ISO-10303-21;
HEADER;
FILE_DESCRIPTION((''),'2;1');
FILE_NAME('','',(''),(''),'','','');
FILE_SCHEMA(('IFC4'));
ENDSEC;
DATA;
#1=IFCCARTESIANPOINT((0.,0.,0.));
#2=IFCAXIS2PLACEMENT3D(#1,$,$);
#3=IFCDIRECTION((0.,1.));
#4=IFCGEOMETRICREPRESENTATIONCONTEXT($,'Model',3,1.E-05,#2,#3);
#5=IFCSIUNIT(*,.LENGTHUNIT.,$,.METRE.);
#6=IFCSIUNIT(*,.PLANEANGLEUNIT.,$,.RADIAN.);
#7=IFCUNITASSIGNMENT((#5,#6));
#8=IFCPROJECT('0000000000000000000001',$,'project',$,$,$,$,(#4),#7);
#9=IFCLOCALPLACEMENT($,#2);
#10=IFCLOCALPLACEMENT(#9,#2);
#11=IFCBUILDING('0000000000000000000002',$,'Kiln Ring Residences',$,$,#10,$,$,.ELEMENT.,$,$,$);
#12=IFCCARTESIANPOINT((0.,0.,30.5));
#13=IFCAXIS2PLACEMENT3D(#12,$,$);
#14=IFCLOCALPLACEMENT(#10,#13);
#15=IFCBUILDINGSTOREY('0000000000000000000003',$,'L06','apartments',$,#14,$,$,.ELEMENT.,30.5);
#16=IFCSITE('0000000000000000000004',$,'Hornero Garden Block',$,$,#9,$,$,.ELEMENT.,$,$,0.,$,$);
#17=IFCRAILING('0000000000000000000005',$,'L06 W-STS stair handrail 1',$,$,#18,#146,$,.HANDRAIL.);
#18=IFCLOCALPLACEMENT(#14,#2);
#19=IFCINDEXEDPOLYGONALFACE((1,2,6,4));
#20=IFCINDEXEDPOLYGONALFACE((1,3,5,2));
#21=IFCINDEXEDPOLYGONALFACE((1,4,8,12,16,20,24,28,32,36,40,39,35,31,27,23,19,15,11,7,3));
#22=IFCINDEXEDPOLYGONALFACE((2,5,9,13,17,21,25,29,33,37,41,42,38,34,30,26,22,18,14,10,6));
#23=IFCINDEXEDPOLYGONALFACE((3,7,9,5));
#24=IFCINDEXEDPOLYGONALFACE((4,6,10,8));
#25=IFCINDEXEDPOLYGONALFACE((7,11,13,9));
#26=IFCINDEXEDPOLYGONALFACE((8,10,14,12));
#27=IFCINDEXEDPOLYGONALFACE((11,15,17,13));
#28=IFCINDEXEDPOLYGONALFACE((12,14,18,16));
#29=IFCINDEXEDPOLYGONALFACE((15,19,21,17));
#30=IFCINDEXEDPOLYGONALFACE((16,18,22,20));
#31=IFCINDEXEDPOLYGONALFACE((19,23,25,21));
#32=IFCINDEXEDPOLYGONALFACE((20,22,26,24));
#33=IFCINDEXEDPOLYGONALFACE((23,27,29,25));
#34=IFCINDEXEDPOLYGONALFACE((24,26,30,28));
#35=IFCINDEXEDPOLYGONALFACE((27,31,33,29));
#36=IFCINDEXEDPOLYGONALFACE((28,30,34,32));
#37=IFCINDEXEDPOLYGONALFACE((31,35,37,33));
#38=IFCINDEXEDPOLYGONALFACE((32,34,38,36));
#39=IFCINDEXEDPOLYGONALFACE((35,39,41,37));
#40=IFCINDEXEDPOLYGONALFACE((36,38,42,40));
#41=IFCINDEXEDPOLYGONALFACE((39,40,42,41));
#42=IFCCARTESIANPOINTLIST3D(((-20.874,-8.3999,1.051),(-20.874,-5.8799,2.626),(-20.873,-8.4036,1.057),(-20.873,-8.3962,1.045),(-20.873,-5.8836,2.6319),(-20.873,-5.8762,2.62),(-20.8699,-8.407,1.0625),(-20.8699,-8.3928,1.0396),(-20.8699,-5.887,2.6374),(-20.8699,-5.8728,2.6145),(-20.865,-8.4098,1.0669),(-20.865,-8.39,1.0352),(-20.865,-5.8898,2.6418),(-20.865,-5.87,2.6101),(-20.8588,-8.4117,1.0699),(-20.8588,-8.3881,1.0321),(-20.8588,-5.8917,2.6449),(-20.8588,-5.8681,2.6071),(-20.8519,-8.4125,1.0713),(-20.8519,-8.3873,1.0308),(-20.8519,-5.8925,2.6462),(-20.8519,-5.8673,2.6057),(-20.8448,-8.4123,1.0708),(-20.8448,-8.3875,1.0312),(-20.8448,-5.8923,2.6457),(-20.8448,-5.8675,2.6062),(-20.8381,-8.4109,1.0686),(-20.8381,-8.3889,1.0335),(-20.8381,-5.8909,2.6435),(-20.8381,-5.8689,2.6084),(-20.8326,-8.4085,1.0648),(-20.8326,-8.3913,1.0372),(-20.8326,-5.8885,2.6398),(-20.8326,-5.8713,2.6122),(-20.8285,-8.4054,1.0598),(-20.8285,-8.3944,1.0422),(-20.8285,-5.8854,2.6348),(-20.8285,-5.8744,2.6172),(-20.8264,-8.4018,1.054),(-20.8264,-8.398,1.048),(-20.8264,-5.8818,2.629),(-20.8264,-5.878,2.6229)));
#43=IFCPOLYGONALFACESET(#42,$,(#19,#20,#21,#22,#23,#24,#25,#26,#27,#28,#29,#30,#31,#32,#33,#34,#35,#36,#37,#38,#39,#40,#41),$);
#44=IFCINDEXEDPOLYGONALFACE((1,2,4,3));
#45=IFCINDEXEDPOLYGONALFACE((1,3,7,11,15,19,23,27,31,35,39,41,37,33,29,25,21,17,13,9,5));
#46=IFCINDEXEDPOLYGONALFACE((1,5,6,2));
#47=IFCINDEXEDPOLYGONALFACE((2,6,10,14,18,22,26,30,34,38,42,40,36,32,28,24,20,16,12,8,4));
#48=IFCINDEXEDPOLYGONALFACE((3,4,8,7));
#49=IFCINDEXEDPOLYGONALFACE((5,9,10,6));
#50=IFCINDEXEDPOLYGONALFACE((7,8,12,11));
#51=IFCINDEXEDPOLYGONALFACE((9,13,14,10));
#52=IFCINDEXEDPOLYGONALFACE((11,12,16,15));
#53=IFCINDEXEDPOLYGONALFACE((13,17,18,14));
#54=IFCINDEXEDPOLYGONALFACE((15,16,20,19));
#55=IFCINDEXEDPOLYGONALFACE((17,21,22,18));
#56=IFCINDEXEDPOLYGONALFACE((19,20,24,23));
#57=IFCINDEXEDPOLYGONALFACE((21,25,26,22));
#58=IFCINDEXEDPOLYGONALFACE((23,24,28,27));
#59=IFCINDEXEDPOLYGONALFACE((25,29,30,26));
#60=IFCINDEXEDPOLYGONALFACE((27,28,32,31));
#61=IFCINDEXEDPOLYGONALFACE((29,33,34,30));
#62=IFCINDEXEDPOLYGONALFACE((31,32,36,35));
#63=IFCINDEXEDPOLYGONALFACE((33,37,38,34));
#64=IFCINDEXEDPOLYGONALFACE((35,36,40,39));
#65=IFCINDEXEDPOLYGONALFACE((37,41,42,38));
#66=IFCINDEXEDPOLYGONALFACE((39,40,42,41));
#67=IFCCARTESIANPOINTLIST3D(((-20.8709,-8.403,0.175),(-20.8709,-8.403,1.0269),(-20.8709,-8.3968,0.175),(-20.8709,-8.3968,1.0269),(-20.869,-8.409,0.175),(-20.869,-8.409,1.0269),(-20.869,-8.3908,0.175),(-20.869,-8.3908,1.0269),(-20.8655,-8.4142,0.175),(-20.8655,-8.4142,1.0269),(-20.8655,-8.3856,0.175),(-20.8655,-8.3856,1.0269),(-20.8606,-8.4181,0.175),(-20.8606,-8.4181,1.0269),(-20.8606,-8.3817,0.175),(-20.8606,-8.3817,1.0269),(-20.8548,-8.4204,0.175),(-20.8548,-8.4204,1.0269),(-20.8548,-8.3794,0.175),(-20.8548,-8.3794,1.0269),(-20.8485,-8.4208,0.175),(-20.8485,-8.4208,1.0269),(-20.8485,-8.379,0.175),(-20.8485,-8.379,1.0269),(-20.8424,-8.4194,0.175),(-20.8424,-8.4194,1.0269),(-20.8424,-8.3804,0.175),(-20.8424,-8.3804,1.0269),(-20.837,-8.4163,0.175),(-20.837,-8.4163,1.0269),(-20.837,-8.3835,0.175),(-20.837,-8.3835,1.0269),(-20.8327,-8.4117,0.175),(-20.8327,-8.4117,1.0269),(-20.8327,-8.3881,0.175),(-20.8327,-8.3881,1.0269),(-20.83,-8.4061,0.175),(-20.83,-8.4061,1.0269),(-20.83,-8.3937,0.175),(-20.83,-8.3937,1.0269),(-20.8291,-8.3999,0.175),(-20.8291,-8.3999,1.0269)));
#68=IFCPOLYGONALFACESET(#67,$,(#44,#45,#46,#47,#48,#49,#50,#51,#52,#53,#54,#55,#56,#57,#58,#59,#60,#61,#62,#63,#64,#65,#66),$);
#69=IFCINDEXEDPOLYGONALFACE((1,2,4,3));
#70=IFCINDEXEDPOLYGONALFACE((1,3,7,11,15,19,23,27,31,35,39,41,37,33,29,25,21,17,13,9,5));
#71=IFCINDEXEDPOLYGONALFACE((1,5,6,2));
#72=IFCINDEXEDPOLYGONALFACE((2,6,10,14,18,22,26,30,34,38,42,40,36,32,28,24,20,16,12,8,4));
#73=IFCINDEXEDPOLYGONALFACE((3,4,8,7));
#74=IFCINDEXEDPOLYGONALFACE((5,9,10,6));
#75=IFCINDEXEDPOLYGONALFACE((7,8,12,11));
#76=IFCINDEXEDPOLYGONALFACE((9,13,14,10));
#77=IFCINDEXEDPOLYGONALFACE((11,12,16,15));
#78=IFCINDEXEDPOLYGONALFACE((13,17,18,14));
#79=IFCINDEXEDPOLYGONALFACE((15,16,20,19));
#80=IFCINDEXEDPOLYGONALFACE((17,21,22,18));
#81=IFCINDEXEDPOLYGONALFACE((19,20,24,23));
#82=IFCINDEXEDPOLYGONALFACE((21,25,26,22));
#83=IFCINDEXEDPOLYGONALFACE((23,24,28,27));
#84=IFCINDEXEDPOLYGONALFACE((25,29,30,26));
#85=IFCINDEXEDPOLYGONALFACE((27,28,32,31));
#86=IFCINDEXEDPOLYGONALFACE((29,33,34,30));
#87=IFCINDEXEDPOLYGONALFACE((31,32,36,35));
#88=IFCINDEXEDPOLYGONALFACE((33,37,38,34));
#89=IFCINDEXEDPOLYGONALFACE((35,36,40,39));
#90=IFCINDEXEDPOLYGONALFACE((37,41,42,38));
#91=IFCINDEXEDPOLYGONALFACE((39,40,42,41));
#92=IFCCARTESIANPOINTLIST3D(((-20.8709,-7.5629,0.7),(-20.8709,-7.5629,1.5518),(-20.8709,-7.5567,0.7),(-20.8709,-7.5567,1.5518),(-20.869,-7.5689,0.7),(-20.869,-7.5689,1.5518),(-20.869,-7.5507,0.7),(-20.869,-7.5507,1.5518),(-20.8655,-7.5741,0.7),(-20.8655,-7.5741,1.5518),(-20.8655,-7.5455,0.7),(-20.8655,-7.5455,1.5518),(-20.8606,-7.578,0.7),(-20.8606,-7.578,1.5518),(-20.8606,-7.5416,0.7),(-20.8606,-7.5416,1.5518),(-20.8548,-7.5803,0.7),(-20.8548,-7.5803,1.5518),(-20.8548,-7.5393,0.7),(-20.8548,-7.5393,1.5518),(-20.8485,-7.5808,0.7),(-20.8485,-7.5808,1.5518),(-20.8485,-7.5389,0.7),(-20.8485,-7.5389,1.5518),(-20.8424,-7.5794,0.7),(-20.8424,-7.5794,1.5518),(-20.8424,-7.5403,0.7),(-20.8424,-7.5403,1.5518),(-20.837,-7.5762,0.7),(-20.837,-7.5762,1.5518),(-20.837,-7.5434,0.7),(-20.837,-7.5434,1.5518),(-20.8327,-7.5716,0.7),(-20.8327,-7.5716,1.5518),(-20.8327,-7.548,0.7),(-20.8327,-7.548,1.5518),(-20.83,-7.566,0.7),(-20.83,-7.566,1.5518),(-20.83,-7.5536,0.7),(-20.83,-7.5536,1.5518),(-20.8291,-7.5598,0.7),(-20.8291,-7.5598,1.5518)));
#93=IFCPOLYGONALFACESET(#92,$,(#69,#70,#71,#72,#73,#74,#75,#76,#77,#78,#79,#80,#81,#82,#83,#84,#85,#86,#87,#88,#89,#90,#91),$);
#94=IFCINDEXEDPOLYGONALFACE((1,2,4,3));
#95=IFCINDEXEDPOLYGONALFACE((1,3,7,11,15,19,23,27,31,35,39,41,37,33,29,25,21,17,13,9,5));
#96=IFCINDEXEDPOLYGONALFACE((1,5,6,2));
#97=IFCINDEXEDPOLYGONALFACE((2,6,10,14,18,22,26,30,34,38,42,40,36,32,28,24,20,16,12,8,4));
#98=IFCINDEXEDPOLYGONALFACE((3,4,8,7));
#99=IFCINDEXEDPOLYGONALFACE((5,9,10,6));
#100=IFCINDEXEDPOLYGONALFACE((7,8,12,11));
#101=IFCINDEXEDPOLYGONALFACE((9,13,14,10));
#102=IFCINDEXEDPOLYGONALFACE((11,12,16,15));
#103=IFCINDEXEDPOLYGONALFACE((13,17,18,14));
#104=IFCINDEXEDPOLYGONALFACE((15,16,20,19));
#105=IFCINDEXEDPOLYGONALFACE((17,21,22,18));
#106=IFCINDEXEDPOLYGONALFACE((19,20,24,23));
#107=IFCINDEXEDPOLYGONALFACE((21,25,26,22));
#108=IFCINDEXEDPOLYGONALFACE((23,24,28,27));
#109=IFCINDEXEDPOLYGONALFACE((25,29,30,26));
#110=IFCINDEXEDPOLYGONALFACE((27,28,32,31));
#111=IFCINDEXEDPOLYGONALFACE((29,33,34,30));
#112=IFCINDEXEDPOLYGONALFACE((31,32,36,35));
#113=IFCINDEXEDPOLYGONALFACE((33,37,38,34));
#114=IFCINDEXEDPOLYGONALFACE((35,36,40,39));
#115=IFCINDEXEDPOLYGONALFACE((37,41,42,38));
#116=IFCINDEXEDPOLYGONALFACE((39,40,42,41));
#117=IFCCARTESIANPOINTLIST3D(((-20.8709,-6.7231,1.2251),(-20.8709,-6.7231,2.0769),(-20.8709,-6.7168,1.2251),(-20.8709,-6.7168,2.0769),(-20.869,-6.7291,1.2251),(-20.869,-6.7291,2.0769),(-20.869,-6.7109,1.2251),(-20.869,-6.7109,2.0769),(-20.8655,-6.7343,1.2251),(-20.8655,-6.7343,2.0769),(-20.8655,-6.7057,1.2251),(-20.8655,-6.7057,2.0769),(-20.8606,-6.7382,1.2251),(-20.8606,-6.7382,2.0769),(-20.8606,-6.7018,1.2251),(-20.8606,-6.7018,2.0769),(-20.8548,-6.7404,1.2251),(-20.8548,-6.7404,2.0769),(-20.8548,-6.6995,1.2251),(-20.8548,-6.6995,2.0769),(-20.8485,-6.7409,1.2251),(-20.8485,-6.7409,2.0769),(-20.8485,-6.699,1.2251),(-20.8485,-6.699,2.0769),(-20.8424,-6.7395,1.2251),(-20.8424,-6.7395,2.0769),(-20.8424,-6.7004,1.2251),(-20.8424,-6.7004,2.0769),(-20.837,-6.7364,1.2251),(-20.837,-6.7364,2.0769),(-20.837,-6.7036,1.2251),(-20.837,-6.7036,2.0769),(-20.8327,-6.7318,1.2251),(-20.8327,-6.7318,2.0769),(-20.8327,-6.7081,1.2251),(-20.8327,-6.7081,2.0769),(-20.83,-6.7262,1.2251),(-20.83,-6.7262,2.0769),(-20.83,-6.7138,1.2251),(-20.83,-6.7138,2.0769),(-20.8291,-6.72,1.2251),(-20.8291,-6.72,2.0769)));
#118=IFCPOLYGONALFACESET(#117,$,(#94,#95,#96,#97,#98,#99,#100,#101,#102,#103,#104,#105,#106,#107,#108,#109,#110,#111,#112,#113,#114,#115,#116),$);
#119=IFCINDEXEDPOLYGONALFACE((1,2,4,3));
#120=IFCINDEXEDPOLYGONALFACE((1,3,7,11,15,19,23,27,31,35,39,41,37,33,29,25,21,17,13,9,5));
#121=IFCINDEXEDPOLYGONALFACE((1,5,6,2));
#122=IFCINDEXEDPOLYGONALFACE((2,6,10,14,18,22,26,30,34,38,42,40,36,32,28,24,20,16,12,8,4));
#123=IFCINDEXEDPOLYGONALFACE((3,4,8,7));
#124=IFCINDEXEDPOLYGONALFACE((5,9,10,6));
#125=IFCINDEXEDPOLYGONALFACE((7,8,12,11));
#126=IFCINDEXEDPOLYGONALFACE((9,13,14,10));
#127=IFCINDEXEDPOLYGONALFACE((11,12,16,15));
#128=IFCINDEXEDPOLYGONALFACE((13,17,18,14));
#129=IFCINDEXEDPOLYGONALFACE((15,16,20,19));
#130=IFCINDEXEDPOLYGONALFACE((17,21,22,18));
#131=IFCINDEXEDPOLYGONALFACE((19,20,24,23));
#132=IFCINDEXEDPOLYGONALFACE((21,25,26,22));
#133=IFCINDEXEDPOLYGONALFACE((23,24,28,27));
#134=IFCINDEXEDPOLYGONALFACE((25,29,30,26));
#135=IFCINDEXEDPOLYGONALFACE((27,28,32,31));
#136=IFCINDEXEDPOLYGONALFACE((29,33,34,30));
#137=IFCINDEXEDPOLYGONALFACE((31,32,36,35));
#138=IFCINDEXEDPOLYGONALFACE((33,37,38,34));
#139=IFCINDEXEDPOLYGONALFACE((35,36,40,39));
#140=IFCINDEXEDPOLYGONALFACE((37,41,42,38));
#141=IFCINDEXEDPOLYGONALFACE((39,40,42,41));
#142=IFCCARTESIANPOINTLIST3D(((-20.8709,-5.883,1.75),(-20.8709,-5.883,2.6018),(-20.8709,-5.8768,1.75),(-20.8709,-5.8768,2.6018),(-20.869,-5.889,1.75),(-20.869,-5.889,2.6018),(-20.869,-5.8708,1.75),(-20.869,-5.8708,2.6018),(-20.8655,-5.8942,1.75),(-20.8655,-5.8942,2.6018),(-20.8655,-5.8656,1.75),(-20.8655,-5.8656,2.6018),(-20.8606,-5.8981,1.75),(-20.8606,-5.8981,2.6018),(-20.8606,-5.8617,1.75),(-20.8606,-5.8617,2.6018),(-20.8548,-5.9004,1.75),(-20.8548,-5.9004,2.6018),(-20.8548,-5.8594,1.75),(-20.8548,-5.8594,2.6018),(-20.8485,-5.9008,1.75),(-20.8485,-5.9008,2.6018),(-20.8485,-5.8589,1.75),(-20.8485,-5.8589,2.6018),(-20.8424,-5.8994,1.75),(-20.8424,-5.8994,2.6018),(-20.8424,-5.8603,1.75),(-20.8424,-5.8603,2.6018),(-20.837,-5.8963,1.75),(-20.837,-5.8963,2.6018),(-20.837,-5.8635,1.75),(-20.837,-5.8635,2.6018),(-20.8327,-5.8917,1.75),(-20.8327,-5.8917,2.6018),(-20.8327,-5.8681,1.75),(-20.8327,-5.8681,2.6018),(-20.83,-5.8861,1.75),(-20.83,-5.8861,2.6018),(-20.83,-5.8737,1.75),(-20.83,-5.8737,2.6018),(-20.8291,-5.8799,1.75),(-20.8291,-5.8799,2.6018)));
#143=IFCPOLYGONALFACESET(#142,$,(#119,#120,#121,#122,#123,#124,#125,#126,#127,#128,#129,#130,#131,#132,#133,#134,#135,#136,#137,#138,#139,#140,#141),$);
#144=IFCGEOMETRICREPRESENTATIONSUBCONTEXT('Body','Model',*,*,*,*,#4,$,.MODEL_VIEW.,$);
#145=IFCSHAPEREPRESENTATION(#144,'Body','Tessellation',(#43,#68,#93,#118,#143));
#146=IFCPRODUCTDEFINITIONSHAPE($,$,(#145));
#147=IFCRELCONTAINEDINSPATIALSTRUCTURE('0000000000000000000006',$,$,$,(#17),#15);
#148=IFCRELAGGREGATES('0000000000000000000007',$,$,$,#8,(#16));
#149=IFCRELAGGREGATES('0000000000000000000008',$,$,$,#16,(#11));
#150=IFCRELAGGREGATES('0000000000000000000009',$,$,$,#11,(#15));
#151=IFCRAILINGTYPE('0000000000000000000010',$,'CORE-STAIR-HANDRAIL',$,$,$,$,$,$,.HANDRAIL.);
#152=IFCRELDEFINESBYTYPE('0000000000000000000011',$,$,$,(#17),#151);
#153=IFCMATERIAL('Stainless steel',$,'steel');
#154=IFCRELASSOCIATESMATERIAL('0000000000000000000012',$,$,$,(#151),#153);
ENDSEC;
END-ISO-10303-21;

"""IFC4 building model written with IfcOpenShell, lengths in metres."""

from ifc_helpers import new_model, si_unit, direction, frame, origin, origin_2d, place, context, subcontext, project, spatial, circle, extrude, material, type_object, element, save


model = new_model("IFC4")

# Units and contexts
model_context = context("Model", 3, precision=1e-05, world=origin(), true_north=direction((0.0, 1.0)))
body_context = subcontext(model_context, "Body", "Model", "MODEL_VIEW")
ifc_project = project(units=[si_unit("LENGTHUNIT", "METRE"), si_unit("PLANEANGLEUNIT", "RADIAN")], contexts=[model_context])

# Site, building, storey
site_placement = place(None, origin())
site = spatial("IfcSite", under=ifc_project, at=site_placement, Name="Hornero Garden Block", CompositionType="ELEMENT", RefElevation=0.0)
building_placement = place(site_placement, origin())
building = spatial("IfcBuilding", under=site, at=building_placement, Name="Kiln Ring Residences", CompositionType="ELEMENT")
storey_placement = place(building_placement, frame((0.0, 0.0, 30.5)))
storey = spatial("IfcBuildingStorey", under=building, at=storey_placement, Name="L06", Description="apartments", CompositionType="ELEMENT", Elevation=30.5)

# Railing
ifc_material_1 = material(Name="Stainless steel", Category="steel")
railing_type_1 = type_object("IfcRailingType", Name="CORE-STAIR-HANDRAIL", PredefinedType="HANDRAIL", material=ifc_material_1)
railing_1_placement = place(storey_placement, frame((-20.8501, -8.3999, 0.175)))
element("IfcRailing", 1, at=railing_1_placement, inside=storey, type_object=railing_type_1, Name="L06 W-STS stair handrail 1", PredefinedType="HANDRAIL", context=body_context, shape_type="SweptSolid", body=[
    extrude(circle(Radius=0.0239, at=origin_2d()), frame((0.0, 0.0, 0.876), z_axis=(0.0, 0.848008, 0.529984), x_axis=(-1.0, 0.0, 0.0)), (0.0, 0.0, 1.0), 2.9717),
    extrude(circle(Radius=0.021, at=origin_2d()), origin(), (0.0, 0.0, 1.0), 0.8518),
    extrude(circle(Radius=0.021, at=origin_2d()), frame((0.0, 0.8401, 0.5249)), (0.0, 0.0, 1.0), 0.8518),
    extrude(circle(Radius=0.021, at=origin_2d()), frame((0.0, 1.6799, 1.05)), (0.0, 0.0, 1.0), 0.8518),
    extrude(circle(Radius=0.021, at=origin_2d()), frame((0.0, 2.52, 1.575)), (0.0, 0.0, 1.0), 0.8518),
])

save(model, "model.ifc")
